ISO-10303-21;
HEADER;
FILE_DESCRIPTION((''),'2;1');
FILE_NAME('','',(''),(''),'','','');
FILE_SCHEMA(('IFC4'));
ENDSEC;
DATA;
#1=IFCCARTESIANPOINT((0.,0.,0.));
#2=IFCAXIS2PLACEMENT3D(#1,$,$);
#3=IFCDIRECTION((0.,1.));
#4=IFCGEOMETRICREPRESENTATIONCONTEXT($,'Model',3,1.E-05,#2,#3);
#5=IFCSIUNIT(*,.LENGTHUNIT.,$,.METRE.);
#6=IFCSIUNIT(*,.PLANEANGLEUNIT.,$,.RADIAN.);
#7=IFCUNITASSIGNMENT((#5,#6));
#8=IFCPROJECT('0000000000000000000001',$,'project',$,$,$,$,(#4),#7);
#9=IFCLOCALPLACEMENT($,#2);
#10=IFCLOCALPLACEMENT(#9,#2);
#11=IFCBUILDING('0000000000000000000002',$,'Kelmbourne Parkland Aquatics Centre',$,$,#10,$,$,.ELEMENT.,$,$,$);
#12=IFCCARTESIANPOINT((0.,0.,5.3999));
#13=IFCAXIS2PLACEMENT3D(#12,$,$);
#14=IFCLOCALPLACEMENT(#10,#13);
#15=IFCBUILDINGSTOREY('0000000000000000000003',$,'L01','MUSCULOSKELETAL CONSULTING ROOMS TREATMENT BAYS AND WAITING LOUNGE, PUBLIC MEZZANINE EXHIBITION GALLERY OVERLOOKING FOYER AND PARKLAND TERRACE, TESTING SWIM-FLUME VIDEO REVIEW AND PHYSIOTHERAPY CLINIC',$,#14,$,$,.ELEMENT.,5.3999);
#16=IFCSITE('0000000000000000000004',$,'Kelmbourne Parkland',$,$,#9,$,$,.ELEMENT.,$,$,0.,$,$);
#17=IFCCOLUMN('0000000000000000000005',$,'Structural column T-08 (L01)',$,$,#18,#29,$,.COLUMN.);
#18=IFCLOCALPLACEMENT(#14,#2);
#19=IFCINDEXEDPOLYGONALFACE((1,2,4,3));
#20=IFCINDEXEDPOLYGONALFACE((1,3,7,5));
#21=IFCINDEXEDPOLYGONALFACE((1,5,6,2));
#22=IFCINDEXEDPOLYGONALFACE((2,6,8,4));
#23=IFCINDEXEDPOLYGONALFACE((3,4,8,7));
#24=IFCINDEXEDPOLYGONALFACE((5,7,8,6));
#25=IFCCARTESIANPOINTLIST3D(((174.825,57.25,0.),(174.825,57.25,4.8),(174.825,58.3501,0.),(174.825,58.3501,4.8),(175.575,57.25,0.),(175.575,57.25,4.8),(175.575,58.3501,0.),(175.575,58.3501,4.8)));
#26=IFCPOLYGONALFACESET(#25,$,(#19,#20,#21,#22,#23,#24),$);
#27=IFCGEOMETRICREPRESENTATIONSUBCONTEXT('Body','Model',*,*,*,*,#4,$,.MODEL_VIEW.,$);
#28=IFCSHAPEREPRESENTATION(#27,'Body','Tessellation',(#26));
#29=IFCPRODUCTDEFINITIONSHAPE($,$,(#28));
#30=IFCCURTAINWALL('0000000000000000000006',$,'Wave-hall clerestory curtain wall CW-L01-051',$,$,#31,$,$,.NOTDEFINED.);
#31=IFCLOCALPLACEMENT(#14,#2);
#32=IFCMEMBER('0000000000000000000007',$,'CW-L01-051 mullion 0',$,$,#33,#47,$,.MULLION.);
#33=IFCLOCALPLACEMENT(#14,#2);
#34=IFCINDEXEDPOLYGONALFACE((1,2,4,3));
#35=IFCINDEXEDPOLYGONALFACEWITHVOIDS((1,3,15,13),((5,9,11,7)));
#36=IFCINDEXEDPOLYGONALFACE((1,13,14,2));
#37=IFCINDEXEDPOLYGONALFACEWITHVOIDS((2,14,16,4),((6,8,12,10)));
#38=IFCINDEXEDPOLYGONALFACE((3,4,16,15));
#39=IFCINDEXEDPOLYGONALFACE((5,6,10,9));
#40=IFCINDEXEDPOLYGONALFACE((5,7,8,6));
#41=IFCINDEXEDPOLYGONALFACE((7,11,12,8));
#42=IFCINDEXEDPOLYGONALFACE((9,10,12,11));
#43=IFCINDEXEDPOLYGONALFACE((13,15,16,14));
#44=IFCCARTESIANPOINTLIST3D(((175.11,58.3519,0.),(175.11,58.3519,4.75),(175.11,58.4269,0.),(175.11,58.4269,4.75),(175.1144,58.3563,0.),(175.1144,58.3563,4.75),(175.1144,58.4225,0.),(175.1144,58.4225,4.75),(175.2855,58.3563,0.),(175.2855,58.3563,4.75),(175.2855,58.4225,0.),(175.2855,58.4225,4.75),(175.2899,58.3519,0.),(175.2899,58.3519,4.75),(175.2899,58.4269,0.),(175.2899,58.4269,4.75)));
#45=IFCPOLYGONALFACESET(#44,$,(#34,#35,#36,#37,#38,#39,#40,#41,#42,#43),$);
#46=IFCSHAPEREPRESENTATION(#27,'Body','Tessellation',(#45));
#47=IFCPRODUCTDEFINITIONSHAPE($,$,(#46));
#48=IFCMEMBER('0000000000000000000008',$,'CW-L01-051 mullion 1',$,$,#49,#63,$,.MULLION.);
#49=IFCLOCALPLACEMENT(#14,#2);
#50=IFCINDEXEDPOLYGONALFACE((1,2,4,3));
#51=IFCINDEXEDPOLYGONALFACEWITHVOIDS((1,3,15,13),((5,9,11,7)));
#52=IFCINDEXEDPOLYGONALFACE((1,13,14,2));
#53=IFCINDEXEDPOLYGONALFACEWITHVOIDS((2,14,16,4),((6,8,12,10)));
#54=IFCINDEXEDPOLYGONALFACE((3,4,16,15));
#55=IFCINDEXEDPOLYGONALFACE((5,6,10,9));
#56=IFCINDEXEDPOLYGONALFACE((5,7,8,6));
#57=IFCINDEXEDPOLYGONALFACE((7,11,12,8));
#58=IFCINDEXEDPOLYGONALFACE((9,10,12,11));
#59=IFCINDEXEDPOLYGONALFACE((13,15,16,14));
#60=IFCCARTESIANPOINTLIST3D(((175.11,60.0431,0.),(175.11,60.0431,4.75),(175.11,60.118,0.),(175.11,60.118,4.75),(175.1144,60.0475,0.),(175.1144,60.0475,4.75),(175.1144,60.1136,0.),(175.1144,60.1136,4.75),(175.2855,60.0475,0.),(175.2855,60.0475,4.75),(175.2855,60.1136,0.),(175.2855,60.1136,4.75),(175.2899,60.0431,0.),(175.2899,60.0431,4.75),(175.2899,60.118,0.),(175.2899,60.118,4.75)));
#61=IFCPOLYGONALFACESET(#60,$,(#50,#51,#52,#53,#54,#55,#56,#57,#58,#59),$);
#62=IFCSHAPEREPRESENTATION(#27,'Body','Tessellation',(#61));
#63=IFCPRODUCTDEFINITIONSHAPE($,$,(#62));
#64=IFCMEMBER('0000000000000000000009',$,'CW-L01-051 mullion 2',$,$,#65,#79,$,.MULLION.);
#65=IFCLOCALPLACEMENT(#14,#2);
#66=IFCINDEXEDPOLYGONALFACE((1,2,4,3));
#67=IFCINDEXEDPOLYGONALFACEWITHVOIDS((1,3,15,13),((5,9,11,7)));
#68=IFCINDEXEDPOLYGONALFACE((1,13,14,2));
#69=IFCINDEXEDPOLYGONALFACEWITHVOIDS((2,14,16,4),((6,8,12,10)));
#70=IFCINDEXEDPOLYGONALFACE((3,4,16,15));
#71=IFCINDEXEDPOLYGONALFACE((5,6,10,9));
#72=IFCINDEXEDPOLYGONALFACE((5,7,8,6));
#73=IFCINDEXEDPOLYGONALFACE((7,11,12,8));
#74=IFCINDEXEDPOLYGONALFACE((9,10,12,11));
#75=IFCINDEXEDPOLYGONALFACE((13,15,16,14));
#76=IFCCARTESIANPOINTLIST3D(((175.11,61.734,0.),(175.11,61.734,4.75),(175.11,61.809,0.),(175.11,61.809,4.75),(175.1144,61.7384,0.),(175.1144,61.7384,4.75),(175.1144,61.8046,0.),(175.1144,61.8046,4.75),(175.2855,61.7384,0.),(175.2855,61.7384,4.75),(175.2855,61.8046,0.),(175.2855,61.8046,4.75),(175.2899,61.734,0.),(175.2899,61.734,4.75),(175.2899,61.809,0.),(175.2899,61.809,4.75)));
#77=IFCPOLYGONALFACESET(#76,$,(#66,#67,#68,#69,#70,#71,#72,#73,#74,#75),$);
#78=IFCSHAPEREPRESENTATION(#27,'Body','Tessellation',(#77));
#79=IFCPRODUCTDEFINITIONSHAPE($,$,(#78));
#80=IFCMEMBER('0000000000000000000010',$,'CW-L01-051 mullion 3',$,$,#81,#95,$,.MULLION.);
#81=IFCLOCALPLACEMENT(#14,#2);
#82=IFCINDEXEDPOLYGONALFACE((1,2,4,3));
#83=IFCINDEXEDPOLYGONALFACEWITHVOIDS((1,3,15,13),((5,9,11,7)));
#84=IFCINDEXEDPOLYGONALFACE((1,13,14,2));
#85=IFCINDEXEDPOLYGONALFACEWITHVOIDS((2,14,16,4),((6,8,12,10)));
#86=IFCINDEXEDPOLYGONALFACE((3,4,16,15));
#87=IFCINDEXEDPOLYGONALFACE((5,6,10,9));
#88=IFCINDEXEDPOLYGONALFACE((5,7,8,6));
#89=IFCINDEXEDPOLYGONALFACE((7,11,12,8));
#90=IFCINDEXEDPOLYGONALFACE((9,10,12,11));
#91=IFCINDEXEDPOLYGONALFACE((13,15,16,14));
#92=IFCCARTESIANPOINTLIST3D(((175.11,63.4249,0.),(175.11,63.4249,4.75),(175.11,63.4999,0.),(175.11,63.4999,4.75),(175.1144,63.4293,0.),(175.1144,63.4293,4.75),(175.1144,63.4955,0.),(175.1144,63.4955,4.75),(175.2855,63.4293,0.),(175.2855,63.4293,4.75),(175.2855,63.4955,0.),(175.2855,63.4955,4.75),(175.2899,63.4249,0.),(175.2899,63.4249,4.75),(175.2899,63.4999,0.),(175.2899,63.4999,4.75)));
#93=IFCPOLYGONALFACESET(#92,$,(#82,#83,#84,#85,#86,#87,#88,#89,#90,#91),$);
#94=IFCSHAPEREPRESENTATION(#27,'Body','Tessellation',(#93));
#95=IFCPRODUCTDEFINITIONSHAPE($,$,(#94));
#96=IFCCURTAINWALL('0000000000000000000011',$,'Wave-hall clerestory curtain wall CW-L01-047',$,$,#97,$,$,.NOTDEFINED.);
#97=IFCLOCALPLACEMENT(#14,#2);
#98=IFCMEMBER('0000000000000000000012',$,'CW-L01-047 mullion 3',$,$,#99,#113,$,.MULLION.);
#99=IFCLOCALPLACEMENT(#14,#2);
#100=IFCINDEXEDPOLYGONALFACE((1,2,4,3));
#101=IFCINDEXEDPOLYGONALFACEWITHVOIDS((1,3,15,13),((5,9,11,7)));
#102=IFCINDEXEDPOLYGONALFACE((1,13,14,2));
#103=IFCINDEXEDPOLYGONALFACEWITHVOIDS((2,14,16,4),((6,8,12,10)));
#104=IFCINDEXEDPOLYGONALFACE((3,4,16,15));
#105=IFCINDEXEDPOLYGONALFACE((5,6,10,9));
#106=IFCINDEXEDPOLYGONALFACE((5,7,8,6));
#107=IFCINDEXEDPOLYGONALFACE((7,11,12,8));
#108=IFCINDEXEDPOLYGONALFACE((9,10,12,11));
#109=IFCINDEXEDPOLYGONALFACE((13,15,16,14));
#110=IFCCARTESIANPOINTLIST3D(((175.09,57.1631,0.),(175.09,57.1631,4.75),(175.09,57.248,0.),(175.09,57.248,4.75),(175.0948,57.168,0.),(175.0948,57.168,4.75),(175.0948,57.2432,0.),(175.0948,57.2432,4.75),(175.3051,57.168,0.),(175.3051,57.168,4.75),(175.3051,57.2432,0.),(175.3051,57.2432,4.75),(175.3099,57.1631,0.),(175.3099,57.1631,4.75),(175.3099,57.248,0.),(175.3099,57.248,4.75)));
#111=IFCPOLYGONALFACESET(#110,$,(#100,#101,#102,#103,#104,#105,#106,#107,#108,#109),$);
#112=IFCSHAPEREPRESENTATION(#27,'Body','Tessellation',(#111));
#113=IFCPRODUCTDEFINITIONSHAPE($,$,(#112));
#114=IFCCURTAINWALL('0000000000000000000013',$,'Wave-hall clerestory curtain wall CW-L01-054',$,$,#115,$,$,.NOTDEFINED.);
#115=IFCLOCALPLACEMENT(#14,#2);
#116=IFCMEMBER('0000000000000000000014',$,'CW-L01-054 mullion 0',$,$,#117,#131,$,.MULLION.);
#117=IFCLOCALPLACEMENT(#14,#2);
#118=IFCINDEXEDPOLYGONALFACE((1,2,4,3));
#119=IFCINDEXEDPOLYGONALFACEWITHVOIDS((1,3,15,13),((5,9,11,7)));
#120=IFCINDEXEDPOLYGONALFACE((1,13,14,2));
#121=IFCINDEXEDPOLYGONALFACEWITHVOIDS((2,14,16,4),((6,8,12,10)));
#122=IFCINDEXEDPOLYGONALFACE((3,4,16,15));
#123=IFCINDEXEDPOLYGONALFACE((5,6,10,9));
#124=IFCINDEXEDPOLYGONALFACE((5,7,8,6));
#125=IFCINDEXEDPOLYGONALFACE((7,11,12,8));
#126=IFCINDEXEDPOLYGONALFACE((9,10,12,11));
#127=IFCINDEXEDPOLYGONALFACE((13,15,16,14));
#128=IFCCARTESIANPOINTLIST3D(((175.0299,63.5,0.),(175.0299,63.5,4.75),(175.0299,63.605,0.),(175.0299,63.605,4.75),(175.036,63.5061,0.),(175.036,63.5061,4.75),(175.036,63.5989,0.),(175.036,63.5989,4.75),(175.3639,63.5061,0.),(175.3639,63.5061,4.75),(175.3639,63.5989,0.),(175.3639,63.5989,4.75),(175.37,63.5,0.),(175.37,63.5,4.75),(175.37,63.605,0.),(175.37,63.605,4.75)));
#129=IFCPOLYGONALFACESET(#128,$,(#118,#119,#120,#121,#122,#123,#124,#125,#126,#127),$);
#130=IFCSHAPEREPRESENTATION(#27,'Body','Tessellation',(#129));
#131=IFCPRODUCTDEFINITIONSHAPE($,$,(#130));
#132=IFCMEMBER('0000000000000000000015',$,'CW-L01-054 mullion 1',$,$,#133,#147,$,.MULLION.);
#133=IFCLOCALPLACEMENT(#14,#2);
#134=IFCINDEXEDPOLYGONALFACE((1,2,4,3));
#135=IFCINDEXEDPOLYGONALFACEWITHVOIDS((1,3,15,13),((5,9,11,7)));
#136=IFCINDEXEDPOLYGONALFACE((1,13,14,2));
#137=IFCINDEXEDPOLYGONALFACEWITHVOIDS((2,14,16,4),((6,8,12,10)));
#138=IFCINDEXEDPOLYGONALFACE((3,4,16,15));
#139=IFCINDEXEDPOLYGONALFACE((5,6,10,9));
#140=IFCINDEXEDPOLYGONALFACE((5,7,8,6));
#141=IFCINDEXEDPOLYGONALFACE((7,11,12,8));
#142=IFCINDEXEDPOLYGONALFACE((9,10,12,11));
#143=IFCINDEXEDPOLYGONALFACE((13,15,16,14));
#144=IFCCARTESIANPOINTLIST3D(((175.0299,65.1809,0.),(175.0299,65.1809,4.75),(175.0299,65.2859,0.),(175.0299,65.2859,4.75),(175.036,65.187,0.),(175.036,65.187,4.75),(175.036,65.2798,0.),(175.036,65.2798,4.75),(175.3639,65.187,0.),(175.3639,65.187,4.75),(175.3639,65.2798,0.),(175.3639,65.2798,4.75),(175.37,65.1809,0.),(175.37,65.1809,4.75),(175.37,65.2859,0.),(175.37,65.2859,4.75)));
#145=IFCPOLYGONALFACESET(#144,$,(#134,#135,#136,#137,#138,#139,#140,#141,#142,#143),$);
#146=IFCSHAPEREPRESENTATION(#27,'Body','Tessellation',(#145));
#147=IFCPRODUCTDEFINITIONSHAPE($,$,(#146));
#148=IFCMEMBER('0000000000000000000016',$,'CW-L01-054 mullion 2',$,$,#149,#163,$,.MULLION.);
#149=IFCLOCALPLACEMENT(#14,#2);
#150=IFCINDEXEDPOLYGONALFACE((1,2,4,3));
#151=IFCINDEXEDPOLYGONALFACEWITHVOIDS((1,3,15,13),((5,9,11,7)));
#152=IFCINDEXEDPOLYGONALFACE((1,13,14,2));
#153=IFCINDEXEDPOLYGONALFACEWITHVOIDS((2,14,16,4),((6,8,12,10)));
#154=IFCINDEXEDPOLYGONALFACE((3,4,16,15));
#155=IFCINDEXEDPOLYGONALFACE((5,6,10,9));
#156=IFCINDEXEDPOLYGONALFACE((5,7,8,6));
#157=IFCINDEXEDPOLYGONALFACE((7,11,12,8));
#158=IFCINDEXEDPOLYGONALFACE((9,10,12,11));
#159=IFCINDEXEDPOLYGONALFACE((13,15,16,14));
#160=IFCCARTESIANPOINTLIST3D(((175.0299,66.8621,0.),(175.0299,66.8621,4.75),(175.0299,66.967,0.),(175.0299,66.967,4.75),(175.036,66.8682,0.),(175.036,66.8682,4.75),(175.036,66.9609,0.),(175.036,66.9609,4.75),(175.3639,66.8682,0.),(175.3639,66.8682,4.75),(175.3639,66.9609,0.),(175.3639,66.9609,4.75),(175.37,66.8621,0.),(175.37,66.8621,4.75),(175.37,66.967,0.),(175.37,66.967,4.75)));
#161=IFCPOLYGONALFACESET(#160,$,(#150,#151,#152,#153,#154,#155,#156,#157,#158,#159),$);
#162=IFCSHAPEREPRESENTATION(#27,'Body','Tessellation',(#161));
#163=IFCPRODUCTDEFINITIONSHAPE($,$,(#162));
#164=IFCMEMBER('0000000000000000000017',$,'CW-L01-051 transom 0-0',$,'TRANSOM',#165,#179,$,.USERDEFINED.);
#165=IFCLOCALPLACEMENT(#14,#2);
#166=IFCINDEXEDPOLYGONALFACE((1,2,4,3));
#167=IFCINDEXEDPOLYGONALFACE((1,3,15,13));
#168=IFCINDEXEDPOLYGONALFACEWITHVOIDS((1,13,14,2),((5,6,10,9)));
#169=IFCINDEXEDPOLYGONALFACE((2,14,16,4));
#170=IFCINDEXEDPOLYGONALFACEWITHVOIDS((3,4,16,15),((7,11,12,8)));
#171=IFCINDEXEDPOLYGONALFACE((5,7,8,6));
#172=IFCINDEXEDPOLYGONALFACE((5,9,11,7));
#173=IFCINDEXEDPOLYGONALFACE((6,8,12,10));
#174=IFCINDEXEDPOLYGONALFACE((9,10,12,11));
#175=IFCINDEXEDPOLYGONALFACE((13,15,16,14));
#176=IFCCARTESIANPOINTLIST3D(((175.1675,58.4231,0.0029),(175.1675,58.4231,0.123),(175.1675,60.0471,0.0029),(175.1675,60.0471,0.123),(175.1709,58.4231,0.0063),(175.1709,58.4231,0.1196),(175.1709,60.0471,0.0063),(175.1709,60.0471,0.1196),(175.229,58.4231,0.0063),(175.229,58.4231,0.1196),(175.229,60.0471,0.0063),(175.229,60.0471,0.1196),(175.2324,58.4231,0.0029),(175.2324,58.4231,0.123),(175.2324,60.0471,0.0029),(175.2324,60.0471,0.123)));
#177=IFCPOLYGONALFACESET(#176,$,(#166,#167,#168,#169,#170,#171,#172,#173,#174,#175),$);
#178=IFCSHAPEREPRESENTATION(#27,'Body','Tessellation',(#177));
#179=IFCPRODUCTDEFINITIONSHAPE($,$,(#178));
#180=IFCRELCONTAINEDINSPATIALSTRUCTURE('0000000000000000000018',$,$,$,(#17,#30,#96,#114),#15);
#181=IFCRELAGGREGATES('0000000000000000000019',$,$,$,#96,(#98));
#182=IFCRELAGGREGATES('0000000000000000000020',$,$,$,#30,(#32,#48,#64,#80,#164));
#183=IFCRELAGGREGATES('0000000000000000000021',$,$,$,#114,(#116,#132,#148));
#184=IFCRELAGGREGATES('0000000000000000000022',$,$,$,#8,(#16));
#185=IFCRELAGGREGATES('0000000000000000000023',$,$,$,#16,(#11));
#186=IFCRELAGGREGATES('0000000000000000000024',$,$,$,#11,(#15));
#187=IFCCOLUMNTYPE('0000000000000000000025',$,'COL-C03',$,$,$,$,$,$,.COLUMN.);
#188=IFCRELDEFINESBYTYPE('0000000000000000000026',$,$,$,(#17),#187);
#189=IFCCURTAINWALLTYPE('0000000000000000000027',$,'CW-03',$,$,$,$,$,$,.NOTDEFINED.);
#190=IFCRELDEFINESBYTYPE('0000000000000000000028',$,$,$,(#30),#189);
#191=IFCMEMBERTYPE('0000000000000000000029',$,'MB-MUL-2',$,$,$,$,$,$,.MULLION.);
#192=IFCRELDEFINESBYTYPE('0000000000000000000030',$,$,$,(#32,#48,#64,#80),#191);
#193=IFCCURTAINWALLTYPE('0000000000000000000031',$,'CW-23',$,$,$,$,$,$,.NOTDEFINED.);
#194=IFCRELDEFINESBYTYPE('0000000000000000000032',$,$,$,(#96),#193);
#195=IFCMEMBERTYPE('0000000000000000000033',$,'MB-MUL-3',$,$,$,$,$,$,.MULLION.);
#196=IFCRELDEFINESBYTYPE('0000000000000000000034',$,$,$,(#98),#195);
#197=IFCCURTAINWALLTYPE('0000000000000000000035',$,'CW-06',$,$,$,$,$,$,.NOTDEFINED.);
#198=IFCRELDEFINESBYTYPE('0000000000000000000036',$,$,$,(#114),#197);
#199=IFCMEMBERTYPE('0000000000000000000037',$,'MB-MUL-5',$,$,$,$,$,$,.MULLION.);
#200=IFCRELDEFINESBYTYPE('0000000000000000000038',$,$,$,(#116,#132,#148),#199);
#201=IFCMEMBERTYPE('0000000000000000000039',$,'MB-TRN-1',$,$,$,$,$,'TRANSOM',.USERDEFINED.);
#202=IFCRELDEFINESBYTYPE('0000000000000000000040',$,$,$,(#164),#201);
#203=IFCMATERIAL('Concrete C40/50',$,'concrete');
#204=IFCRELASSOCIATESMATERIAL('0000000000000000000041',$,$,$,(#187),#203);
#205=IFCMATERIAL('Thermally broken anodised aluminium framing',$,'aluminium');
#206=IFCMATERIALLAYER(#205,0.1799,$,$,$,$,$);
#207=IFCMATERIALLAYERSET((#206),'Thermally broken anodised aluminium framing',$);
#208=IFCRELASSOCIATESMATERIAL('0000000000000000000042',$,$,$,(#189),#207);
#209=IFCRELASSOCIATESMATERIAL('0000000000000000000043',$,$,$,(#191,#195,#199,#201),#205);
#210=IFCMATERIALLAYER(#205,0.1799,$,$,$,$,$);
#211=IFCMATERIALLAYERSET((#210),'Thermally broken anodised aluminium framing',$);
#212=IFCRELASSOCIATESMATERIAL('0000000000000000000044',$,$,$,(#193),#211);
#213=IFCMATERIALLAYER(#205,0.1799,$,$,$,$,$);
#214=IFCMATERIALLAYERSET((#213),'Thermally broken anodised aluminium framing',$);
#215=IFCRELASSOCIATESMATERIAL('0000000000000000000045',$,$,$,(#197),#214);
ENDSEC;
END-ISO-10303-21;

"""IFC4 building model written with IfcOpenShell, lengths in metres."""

from ifc_helpers import new_model, si_unit, direction, frame, origin, origin_2d, place, context, subcontext, project, spatial, rectangle, hollow_rectangle, extrude, material, layer, layer_set, material_profile, profile_set, type_object, element, aggregate, save


model = new_model("IFC4")

# Units and contexts
model_context = context("Model", 3, precision=1e-05, world=origin(), true_north=direction((0.0, 1.0)))
body_context = subcontext(model_context, "Body", "Model", "MODEL_VIEW")
ifc_project = project(units=[si_unit("LENGTHUNIT", "METRE"), si_unit("PLANEANGLEUNIT", "RADIAN")], contexts=[model_context])

# Site, building, storey
site_placement = place(None, origin())
site = spatial("IfcSite", under=ifc_project, at=site_placement, Name="Kelmbourne Parkland", CompositionType="ELEMENT", RefElevation=0.0)
building_placement = place(site_placement, origin())
building = spatial("IfcBuilding", under=site, at=building_placement, Name="Kelmbourne Parkland Aquatics Centre", CompositionType="ELEMENT")
storey_placement = place(building_placement, frame((0.0, 0.0, 5.3999)))
storey = spatial("IfcBuildingStorey", under=building, at=storey_placement, Name="L01", Description="MUSCULOSKELETAL CONSULTING ROOMS TREATMENT BAYS AND WAITING LOUNGE, PUBLIC MEZZANINE EXHIBITION GALLERY OVERLOOKING FOYER AND PARKLAND TERRACE, TESTING SWIM-FLUME VIDEO REVIEW AND PHYSIOTHERAPY CLINIC", CompositionType="ELEMENT", Elevation=5.3999)

# Column
ifc_material_1 = material(Name="Concrete C40/50", Category="concrete")
ifc_material_profile_1 = material_profile(ifc_material_1, rectangle(XDim=0.75, YDim=1.1001, at=origin_2d()), Name="RC 750x1100")
ifc_profile_set_1 = profile_set([ifc_material_profile_1], Name="Concrete C40/50")
column_type = type_object("IfcColumnType", Name="COL-C03", PredefinedType="COLUMN", material=ifc_profile_set_1)
column_placement = place(storey_placement, frame((175.2, 57.8, 0.0), z_axis=(0.0, 0.0, 1.0), x_axis=(1.0, 0.0, 0.0)))
element("IfcColumn", 1, at=column_placement, inside=storey, type_object=column_type, Name="Structural column T-08 (L01)", PredefinedType="COLUMN", context=body_context, shape_type="SweptSolid", body=[
    extrude(rectangle(XDim=0.75, YDim=1.1001, at=origin_2d()), origin(), (0.0, 0.0, 1.0), 4.8),
])

# Curtain wall, members
ifc_material_2 = material(Name="Thermally broken anodised aluminium framing", Category="aluminium")
ifc_layer_1 = layer(ifc_material_2, 0.1799)
ifc_layer_set_1 = layer_set([ifc_layer_1], Name="Thermally broken anodised aluminium framing")
curtain_wall_type_1 = type_object("IfcCurtainWallType", Name="CW-03", PredefinedType="NOTDEFINED", material=ifc_layer_set_1)
curtain_wall_1_placement = place(storey_placement, origin())
curtain_wall_1 = element("IfcCurtainWall", 2, at=curtain_wall_1_placement, inside=storey, type_object=curtain_wall_type_1, Name="Wave-hall clerestory curtain wall CW-L01-051", PredefinedType="NOTDEFINED")
ifc_material_profile_2 = material_profile(ifc_material_2, hollow_rectangle(XDim=0.075, YDim=0.1799, WallThickness=0.0044, at=origin_2d()), Name="CW-M 75x180")
ifc_profile_set_2 = profile_set([ifc_material_profile_2], Name="Thermally broken anodised aluminium framing")
member_type_1 = type_object("IfcMemberType", Name="MB-MUL-2", PredefinedType="MULLION", material=ifc_profile_set_2)
member_1_placement = place(storey_placement, frame((175.2, 58.3894, 0.0), z_axis=(0.0, 0.0, 1.0), x_axis=(0.0, 1.0, 0.0)))
member_1 = element("IfcMember", 3, at=member_1_placement, type_object=member_type_1, Name="CW-L01-051 mullion 0", PredefinedType="MULLION", context=body_context, shape_type="SweptSolid", body=[
    extrude(hollow_rectangle(XDim=0.075, YDim=0.1799, WallThickness=0.0044, at=origin_2d()), origin(), (0.0, 0.0, 1.0), 4.75),
])
member_2_placement = place(storey_placement, frame((175.2, 60.0806, 0.0), z_axis=(0.0, 0.0, 1.0), x_axis=(0.0, 1.0, 0.0)))
member_2 = element("IfcMember", 4, at=member_2_placement, type_object=member_type_1, Name="CW-L01-051 mullion 1", PredefinedType="MULLION", context=body_context, shape_type="SweptSolid", body=[
    extrude(hollow_rectangle(XDim=0.075, YDim=0.1799, WallThickness=0.0044, at=origin_2d()), origin(), (0.0, 0.0, 1.0), 4.75),
])
member_3_placement = place(storey_placement, frame((175.2, 61.7715, 0.0), z_axis=(0.0, 0.0, 1.0), x_axis=(0.0, 1.0, 0.0)))
member_3 = element("IfcMember", 5, at=member_3_placement, type_object=member_type_1, Name="CW-L01-051 mullion 2", PredefinedType="MULLION", context=body_context, shape_type="SweptSolid", body=[
    extrude(hollow_rectangle(XDim=0.075, YDim=0.1799, WallThickness=0.0044, at=origin_2d()), origin(), (0.0, 0.0, 1.0), 4.75),
])
member_4_placement = place(storey_placement, frame((175.2, 63.4624, 0.0), z_axis=(0.0, 0.0, 1.0), x_axis=(0.0, 1.0, 0.0)))
member_4 = element("IfcMember", 6, at=member_4_placement, type_object=member_type_1, Name="CW-L01-051 mullion 3", PredefinedType="MULLION", context=body_context, shape_type="SweptSolid", body=[
    extrude(hollow_rectangle(XDim=0.075, YDim=0.1799, WallThickness=0.0044, at=origin_2d()), origin(), (0.0, 0.0, 1.0), 4.75),
])

# Curtain wall, member
ifc_layer_2 = layer(ifc_material_2, 0.1799)
ifc_layer_set_2 = layer_set([ifc_layer_2], Name="Thermally broken anodised aluminium framing")
curtain_wall_type_2 = type_object("IfcCurtainWallType", Name="CW-23", PredefinedType="NOTDEFINED", material=ifc_layer_set_2)
curtain_wall_2_placement = place(storey_placement, origin())
curtain_wall_2 = element("IfcCurtainWall", 7, at=curtain_wall_2_placement, inside=storey, type_object=curtain_wall_type_2, Name="Wave-hall clerestory curtain wall CW-L01-047", PredefinedType="NOTDEFINED")
ifc_material_profile_3 = material_profile(ifc_material_2, hollow_rectangle(XDim=0.085, YDim=0.22, WallThickness=0.0049, at=origin_2d()), Name="CW-M 85x220")
ifc_profile_set_3 = profile_set([ifc_material_profile_3], Name="Thermally broken anodised aluminium framing")
member_type_2 = type_object("IfcMemberType", Name="MB-MUL-3", PredefinedType="MULLION", material=ifc_profile_set_3)
member_5_placement = place(storey_placement, frame((175.2, 57.2056, 0.0), z_axis=(0.0, 0.0, 1.0), x_axis=(0.0, 1.0, 0.0)))
member_5 = element("IfcMember", 8, at=member_5_placement, type_object=member_type_2, Name="CW-L01-047 mullion 3", PredefinedType="MULLION", context=body_context, shape_type="SweptSolid", body=[
    extrude(hollow_rectangle(XDim=0.085, YDim=0.22, WallThickness=0.0049, at=origin_2d()), origin(), (0.0, 0.0, 1.0), 4.75),
])
aggregate(curtain_wall_2, [member_5])

# Curtain wall, members
ifc_layer_3 = layer(ifc_material_2, 0.1799)
ifc_layer_set_3 = layer_set([ifc_layer_3], Name="Thermally broken anodised aluminium framing")
curtain_wall_type_3 = type_object("IfcCurtainWallType", Name="CW-06", PredefinedType="NOTDEFINED", material=ifc_layer_set_3)
curtain_wall_3_placement = place(storey_placement, origin())
curtain_wall_3 = element("IfcCurtainWall", 9, at=curtain_wall_3_placement, inside=storey, type_object=curtain_wall_type_3, Name="Wave-hall clerestory curtain wall CW-L01-054", PredefinedType="NOTDEFINED")
ifc_material_profile_4 = material_profile(ifc_material_2, hollow_rectangle(XDim=0.105, YDim=0.3401, WallThickness=0.0061, at=origin_2d()), Name="CW-M 105x340")
ifc_profile_set_4 = profile_set([ifc_material_profile_4], Name="Thermally broken anodised aluminium framing")
member_type_3 = type_object("IfcMemberType", Name="MB-MUL-5", PredefinedType="MULLION", material=ifc_profile_set_4)
member_6_placement = place(storey_placement, frame((175.2, 63.5525, 0.0), z_axis=(0.0, 0.0, 1.0), x_axis=(0.0, 1.0, 0.0)))
member_6 = element("IfcMember", 10, at=member_6_placement, type_object=member_type_3, Name="CW-L01-054 mullion 0", PredefinedType="MULLION", context=body_context, shape_type="SweptSolid", body=[
    extrude(hollow_rectangle(XDim=0.105, YDim=0.3401, WallThickness=0.0061, at=origin_2d()), origin(), (0.0, 0.0, 1.0), 4.75),
])
member_7_placement = place(storey_placement, frame((175.2, 65.2334, 0.0), z_axis=(0.0, 0.0, 1.0), x_axis=(0.0, 1.0, 0.0)))
member_7 = element("IfcMember", 11, at=member_7_placement, type_object=member_type_3, Name="CW-L01-054 mullion 1", PredefinedType="MULLION", context=body_context, shape_type="SweptSolid", body=[
    extrude(hollow_rectangle(XDim=0.105, YDim=0.3401, WallThickness=0.0061, at=origin_2d()), origin(), (0.0, 0.0, 1.0), 4.75),
])
member_8_placement = place(storey_placement, frame((175.2, 66.9146, 0.0), z_axis=(0.0, 0.0, 1.0), x_axis=(0.0, 1.0, 0.0)))
member_8 = element("IfcMember", 12, at=member_8_placement, type_object=member_type_3, Name="CW-L01-054 mullion 2", PredefinedType="MULLION", context=body_context, shape_type="SweptSolid", body=[
    extrude(hollow_rectangle(XDim=0.105, YDim=0.3401, WallThickness=0.0061, at=origin_2d()), origin(), (0.0, 0.0, 1.0), 4.75),
])

# Member
ifc_material_profile_5 = material_profile(ifc_material_2, hollow_rectangle(XDim=0.0649, YDim=0.1201, WallThickness=0.0034, at=origin_2d()), Name="CW-T 65x120")
ifc_profile_set_5 = profile_set([ifc_material_profile_5], Name="Thermally broken anodised aluminium framing")
member_type_4 = type_object("IfcMemberType", Name="MB-TRN-1", ElementType="TRANSOM", PredefinedType="USERDEFINED", material=ifc_profile_set_5)
member_9_placement = place(storey_placement, frame((175.2, 58.4231, 0.063), z_axis=(0.0, 1.0, 0.0), x_axis=(-1.0, 0.0, 0.0)))
member_9 = element("IfcMember", 13, at=member_9_placement, type_object=member_type_4, Name="CW-L01-051 transom 0-0", ObjectType="TRANSOM", PredefinedType="USERDEFINED", context=body_context, shape_type="SweptSolid", body=[
    extrude(hollow_rectangle(XDim=0.0649, YDim=0.1201, WallThickness=0.0034, at=origin_2d()), origin(), (0.0, 0.0, 1.0), 1.624),
])

aggregate(curtain_wall_1, [member_1, member_2, member_3, member_4, member_9])
aggregate(curtain_wall_3, [member_6, member_7, member_8])

save(model, "model.ifc")
